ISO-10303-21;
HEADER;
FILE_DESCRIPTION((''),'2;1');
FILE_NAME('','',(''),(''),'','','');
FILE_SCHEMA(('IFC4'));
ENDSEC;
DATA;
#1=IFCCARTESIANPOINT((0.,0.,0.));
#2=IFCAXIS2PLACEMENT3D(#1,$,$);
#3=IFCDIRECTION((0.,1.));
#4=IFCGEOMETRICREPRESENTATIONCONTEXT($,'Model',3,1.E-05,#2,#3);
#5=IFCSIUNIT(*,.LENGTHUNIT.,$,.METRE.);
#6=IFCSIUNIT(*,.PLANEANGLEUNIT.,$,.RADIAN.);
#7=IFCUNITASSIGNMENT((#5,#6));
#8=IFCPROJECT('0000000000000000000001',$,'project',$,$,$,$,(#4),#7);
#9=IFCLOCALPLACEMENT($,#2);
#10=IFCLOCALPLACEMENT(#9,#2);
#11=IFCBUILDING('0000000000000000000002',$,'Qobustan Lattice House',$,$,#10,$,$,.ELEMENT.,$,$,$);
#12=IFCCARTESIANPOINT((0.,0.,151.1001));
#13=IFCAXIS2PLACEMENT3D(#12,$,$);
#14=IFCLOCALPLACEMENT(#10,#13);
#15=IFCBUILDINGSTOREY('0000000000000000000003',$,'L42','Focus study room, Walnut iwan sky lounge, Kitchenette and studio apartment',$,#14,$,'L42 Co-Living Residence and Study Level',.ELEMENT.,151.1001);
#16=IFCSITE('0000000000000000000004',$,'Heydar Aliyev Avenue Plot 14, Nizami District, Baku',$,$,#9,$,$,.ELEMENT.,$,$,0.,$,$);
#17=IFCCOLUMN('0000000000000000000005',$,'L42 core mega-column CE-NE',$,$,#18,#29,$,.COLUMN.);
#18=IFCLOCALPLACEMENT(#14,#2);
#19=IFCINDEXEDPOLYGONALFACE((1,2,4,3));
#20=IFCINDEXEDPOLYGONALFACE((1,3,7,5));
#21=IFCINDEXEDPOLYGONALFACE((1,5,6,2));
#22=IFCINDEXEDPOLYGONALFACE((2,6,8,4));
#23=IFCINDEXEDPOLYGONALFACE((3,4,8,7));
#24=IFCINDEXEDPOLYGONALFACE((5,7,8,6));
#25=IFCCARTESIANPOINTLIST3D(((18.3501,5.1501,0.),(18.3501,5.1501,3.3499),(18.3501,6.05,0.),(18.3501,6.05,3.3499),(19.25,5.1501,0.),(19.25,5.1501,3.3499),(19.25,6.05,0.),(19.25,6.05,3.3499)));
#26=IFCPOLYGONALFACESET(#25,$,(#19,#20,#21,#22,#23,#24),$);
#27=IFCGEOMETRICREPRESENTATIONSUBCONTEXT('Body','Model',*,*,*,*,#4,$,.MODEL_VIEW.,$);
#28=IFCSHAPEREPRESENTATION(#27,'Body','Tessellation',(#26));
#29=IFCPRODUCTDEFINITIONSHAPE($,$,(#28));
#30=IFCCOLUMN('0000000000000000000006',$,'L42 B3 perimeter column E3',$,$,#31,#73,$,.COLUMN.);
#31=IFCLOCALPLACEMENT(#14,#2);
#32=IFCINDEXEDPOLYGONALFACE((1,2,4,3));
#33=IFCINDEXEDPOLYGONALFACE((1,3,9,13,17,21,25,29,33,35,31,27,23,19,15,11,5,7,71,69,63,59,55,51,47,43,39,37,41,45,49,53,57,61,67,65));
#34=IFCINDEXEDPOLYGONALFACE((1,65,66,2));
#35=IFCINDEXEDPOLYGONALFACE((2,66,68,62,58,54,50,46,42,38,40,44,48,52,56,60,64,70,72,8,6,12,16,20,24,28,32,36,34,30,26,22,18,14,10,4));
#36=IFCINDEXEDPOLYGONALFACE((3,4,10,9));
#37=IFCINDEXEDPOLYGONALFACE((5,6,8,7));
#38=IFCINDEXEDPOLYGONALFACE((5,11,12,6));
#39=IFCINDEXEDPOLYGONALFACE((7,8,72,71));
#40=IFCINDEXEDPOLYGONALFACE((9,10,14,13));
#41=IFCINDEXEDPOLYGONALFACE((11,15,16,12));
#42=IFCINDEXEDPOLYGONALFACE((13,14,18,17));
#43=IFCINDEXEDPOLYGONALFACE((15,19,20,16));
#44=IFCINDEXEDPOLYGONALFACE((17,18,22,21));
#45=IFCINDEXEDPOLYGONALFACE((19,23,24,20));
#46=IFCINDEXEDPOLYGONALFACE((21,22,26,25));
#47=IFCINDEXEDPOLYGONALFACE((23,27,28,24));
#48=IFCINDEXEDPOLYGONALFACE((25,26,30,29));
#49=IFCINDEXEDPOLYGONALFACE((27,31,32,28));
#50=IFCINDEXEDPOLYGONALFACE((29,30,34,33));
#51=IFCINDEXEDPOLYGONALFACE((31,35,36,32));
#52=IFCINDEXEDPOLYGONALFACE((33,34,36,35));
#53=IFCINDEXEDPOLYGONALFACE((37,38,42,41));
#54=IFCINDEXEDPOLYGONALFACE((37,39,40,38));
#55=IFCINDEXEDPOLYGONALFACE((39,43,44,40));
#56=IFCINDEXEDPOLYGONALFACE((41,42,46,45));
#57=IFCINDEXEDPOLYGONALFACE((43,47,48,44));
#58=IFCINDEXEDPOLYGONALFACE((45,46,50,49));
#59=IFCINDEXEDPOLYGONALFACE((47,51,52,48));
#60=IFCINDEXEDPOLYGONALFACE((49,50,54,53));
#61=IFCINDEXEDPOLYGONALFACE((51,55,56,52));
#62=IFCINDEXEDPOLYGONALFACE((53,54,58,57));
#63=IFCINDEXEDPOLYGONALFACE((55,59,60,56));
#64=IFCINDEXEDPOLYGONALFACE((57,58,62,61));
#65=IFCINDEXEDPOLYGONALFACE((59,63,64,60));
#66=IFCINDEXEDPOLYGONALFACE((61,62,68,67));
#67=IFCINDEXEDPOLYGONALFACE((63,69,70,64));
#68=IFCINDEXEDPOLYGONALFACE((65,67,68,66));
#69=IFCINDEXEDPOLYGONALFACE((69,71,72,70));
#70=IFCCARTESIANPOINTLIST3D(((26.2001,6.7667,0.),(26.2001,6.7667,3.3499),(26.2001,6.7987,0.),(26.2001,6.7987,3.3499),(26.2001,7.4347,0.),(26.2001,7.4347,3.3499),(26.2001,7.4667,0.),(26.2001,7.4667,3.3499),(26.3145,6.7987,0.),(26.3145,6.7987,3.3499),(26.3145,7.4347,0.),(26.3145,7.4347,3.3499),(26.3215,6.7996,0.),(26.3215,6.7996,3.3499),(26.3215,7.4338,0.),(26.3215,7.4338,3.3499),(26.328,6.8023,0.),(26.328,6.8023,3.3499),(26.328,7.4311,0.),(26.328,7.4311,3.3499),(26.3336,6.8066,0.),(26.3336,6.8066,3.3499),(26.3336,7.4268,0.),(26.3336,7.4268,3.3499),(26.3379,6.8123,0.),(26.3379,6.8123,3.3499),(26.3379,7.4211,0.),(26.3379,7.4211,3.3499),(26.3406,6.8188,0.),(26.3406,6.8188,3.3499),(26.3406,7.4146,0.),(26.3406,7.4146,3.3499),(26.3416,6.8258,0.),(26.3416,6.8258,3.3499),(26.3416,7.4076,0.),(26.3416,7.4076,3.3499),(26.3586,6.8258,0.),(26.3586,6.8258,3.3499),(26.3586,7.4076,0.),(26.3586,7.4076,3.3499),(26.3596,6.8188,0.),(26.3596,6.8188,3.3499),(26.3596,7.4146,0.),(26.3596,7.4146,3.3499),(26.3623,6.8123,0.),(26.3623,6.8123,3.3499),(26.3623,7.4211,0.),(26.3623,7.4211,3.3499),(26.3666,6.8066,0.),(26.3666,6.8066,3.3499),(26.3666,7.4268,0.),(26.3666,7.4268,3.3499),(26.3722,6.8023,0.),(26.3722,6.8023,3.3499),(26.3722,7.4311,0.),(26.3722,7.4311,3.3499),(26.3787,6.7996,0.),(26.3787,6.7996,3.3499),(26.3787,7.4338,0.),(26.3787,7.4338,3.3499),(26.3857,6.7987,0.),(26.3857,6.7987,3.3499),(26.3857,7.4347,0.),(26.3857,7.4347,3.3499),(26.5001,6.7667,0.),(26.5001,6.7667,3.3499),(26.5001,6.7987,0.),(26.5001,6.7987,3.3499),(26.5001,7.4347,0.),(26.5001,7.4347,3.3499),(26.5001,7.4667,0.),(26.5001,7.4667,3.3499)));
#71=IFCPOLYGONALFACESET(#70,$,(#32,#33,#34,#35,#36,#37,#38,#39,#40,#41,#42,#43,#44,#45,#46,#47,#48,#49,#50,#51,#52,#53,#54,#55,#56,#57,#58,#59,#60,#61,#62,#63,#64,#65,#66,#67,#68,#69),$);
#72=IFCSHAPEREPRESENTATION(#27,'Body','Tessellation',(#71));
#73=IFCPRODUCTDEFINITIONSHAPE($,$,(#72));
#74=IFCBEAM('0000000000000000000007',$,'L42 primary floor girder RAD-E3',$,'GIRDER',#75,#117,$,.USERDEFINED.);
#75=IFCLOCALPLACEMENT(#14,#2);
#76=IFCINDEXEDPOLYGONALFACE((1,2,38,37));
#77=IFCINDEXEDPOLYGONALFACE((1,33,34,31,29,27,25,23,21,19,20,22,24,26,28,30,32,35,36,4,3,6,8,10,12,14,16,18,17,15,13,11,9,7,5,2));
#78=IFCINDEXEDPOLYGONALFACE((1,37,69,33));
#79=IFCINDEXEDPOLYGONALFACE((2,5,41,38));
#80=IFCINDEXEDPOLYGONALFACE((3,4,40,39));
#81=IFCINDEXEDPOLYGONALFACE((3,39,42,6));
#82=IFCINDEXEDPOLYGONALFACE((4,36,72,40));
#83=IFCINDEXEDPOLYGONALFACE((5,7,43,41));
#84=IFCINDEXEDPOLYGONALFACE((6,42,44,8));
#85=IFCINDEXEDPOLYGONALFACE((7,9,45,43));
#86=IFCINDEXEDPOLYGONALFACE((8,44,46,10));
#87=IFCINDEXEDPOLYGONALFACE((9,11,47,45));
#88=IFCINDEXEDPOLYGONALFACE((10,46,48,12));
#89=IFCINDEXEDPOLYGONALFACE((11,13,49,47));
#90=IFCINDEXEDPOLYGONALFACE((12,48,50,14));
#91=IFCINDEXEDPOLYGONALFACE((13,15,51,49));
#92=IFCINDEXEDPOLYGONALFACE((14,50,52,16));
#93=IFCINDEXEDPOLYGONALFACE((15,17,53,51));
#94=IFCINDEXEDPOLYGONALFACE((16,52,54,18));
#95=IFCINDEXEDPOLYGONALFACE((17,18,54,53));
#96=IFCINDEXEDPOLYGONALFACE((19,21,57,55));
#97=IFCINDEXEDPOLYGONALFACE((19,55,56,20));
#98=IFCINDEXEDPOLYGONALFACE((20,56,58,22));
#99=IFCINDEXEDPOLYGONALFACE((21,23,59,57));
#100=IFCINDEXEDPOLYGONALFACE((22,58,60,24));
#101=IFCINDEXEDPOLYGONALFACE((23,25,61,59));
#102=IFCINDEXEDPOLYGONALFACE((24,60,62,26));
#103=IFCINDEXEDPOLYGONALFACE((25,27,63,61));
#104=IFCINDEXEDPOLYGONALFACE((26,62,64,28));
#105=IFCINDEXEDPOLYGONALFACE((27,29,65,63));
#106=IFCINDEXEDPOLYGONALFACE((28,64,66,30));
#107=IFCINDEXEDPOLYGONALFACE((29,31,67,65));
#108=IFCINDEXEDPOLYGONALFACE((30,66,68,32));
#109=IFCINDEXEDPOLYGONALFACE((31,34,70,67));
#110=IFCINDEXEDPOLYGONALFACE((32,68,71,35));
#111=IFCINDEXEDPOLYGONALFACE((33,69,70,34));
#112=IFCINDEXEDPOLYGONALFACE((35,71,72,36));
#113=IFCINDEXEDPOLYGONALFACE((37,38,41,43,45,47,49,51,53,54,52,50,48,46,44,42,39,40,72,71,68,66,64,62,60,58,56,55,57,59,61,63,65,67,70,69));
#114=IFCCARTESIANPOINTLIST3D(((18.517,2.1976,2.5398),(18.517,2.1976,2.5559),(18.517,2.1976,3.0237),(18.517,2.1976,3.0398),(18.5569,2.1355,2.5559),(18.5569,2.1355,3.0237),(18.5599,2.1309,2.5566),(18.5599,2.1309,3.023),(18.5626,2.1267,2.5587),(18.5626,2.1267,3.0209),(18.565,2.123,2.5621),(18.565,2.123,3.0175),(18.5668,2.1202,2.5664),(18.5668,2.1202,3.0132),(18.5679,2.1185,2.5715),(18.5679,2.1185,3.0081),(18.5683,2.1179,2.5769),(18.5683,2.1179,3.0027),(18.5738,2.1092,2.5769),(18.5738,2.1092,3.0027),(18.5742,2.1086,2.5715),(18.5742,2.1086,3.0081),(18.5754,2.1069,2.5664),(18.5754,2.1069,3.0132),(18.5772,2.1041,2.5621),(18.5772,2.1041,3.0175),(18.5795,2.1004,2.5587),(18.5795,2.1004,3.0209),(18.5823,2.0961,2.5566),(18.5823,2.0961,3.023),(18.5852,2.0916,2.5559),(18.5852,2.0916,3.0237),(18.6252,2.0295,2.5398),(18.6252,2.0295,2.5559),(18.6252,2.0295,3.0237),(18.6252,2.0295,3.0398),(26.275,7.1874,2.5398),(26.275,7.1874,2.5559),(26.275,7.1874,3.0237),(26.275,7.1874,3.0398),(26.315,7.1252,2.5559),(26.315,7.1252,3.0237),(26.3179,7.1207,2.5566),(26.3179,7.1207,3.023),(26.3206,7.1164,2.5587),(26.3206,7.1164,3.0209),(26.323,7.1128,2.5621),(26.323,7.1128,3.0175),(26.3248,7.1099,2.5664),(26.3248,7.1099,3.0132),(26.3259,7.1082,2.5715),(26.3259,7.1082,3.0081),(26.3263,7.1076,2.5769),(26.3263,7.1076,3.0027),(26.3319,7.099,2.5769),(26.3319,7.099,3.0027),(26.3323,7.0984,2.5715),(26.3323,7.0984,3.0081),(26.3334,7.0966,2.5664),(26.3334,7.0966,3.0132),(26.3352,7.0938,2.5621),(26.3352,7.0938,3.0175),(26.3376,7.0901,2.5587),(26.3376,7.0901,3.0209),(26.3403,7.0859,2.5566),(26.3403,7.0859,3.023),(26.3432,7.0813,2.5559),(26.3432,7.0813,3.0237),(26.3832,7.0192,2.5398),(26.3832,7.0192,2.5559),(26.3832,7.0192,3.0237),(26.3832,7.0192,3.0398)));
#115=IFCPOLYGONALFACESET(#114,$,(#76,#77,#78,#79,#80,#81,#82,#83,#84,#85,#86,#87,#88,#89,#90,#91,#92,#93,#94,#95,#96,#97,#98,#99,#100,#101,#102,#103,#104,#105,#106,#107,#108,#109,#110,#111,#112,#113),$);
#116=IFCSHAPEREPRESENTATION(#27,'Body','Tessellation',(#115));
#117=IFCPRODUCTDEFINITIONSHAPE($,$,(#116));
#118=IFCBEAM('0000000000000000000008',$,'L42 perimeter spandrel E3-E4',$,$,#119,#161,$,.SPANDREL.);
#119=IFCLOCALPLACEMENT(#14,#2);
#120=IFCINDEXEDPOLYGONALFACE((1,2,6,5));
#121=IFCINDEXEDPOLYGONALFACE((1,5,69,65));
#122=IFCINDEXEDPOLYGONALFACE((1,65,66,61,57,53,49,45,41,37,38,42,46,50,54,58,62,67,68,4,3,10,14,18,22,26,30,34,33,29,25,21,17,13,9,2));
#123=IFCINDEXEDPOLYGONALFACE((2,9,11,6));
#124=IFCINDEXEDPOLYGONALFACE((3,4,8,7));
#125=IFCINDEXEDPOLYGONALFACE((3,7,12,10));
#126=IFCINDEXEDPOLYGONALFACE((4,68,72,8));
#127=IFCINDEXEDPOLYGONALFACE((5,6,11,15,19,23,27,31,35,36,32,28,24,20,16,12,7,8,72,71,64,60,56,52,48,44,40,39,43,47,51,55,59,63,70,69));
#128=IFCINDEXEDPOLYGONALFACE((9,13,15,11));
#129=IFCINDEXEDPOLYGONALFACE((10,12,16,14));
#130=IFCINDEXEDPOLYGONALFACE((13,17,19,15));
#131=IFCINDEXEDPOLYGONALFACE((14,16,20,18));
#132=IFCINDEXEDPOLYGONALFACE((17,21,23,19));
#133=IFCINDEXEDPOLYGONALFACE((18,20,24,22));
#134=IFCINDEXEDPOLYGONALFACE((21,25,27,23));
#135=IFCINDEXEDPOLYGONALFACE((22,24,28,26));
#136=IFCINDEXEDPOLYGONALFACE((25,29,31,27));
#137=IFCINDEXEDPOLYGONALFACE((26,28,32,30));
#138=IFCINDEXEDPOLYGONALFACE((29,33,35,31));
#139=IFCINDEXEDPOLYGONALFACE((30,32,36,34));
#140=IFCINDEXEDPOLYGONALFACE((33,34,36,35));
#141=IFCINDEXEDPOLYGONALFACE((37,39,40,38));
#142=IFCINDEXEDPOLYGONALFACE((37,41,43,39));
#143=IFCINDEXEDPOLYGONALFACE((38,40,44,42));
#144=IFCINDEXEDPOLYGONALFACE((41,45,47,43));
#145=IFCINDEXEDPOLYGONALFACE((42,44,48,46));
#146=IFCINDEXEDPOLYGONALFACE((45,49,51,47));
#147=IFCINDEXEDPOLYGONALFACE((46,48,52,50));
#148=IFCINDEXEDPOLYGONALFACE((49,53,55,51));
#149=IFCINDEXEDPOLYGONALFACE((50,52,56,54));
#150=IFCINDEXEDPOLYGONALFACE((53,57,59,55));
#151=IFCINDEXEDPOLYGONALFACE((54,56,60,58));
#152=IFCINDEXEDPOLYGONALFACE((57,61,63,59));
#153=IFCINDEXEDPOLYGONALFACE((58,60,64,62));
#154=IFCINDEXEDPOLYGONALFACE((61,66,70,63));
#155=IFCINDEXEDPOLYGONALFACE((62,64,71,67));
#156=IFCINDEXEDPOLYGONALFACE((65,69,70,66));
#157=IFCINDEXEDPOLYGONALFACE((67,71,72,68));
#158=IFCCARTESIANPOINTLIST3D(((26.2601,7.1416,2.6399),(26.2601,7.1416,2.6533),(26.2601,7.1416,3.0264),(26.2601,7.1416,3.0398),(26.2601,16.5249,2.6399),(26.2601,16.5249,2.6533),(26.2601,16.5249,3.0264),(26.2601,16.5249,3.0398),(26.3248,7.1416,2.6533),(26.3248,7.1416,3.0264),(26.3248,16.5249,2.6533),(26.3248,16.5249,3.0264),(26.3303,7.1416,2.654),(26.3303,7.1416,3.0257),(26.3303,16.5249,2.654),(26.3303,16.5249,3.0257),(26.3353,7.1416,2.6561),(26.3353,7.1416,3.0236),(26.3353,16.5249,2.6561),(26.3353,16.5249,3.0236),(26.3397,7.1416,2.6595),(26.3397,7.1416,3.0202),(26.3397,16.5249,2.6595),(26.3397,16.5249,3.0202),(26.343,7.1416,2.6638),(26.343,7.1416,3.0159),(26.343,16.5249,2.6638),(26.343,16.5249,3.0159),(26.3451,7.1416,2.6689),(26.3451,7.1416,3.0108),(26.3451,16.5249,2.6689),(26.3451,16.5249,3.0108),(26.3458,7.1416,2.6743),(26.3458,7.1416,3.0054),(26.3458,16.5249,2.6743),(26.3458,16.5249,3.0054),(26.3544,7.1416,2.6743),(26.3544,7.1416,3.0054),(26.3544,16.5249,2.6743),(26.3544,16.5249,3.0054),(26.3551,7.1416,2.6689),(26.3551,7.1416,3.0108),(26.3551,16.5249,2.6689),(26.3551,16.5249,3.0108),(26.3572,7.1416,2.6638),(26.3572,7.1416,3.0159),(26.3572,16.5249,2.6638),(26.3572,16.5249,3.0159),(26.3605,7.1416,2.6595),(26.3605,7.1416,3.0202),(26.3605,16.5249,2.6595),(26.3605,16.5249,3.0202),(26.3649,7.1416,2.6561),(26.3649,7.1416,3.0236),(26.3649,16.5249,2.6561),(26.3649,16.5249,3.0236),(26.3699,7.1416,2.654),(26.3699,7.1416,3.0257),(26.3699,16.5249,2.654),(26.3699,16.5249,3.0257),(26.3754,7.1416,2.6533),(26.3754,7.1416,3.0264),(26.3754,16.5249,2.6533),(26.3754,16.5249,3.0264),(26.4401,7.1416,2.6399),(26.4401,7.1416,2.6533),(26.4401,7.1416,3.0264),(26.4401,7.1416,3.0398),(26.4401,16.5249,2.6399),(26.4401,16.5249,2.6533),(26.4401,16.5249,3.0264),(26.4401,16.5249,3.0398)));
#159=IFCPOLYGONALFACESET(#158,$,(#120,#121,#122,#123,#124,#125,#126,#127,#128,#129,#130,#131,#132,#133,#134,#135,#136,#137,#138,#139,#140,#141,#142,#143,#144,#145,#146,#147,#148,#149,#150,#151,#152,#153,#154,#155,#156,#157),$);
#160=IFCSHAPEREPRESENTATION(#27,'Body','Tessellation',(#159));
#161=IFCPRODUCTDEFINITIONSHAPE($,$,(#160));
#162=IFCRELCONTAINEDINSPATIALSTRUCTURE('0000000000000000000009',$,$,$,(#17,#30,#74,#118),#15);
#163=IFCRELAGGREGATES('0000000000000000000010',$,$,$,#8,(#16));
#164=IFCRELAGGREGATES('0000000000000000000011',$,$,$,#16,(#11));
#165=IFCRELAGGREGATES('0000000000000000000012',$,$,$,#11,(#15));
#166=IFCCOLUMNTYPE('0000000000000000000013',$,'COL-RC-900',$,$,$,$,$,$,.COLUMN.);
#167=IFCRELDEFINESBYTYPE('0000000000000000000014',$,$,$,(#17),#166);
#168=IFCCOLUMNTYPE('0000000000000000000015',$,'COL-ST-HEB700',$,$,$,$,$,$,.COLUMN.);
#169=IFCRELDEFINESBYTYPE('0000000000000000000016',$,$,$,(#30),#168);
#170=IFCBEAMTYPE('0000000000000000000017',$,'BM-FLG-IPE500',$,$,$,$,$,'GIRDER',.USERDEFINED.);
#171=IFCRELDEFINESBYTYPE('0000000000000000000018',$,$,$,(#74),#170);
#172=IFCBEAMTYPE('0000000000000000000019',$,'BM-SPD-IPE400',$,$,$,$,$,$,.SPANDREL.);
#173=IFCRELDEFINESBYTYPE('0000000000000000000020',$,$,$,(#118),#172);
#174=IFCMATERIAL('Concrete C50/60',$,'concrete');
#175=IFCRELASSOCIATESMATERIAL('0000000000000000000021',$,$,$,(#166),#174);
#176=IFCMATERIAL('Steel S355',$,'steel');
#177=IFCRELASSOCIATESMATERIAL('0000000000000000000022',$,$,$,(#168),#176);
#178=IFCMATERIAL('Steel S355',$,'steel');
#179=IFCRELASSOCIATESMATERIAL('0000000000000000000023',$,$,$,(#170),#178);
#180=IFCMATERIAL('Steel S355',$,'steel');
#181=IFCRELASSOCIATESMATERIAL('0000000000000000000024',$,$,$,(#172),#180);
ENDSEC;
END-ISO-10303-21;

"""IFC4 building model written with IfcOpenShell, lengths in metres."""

from ifc_helpers import new_model, si_unit, direction, frame, origin, origin_2d, place, context, subcontext, project, spatial, rectangle, i_section, extrude, material, material_profile, profile_set, type_object, element, save


model = new_model("IFC4")

# Units and contexts
model_context = context("Model", 3, precision=1e-05, world=origin(), true_north=direction((0.0, 1.0)))
body_context = subcontext(model_context, "Body", "Model", "MODEL_VIEW")
ifc_project = project(units=[si_unit("LENGTHUNIT", "METRE"), si_unit("PLANEANGLEUNIT", "RADIAN")], contexts=[model_context])

# Site, building, storey
site_placement = place(None, origin())
site = spatial("IfcSite", under=ifc_project, at=site_placement, Name="Heydar Aliyev Avenue Plot 14, Nizami District, Baku", CompositionType="ELEMENT", RefElevation=0.0)
building_placement = place(site_placement, origin())
building = spatial("IfcBuilding", under=site, at=building_placement, Name="Qobustan Lattice House", CompositionType="ELEMENT")
storey_placement = place(building_placement, frame((0.0, 0.0, 151.1001)))
storey = spatial("IfcBuildingStorey", under=building, at=storey_placement, Name="L42", Description="Focus study room, Walnut iwan sky lounge, Kitchenette and studio apartment", LongName="L42 Co-Living Residence and Study Level", CompositionType="ELEMENT", Elevation=151.1001)

# Columns
ifc_material_1 = material(Name="Concrete C50/60", Category="concrete")
ifc_material_profile_1 = material_profile(ifc_material_1, rectangle(XDim=0.8999, YDim=0.8999, at=origin_2d()), Name="RC900x900")
ifc_profile_set_1 = profile_set([ifc_material_profile_1], Name="Concrete C50/60")
column_type_1 = type_object("IfcColumnType", Name="COL-RC-900", PredefinedType="COLUMN", material=ifc_profile_set_1)
column_1_placement = place(storey_placement, frame((18.8, 5.6001, 0.0), z_axis=(0.0, 0.0, 1.0), x_axis=(1.0, 0.0, 0.0)))
element("IfcColumn", 1, at=column_1_placement, inside=storey, type_object=column_type_1, Name="L42 core mega-column CE-NE", PredefinedType="COLUMN", context=body_context, shape_type="SweptSolid", body=[
    extrude(rectangle(XDim=0.8999, YDim=0.8999, at=origin_2d()), origin(), (0.0, 0.0, 1.0), 3.3499),
])
ifc_material_2 = material(Name="Steel S355", Category="steel")
ifc_material_profile_2 = material_profile(ifc_material_2, i_section(OverallWidth=0.3, OverallDepth=0.7, WebThickness=0.0171, FlangeThickness=0.032, FilletRadius=0.0271, at=origin_2d()), Name="HEB700")
ifc_profile_set_2 = profile_set([ifc_material_profile_2], Name="Steel S355")
column_type_2 = type_object("IfcColumnType", Name="COL-ST-HEB700", PredefinedType="COLUMN", material=ifc_profile_set_2)
column_2_placement = place(storey_placement, frame((26.3501, 7.1167, 0.0), z_axis=(0.0, 0.0, 1.0), x_axis=(1.0, 0.0, 0.0)))
element("IfcColumn", 2, at=column_2_placement, inside=storey, type_object=column_type_2, Name="L42 B3 perimeter column E3", PredefinedType="COLUMN", context=body_context, shape_type="SweptSolid", body=[
    extrude(i_section(OverallWidth=0.3, OverallDepth=0.7, WebThickness=0.0171, FlangeThickness=0.032, FilletRadius=0.0271, at=origin_2d()), origin(), (0.0, 0.0, 1.0), 3.3499),
])

# Beams
ifc_material_3 = material(Name="Steel S355", Category="steel")
ifc_material_profile_3 = material_profile(ifc_material_3, i_section(OverallWidth=0.2, OverallDepth=0.5, WebThickness=0.0103, FlangeThickness=0.0161, FilletRadius=0.021, at=origin_2d()), Name="IPE500")
ifc_profile_set_3 = profile_set([ifc_material_profile_3], Name="Steel S355")
beam_type_1 = type_object("IfcBeamType", Name="BM-FLG-IPE500", ElementType="GIRDER", PredefinedType="USERDEFINED", material=ifc_profile_set_3)
beam_1_placement = place(storey_placement, frame((26.3291, 7.1033, 2.7898), z_axis=(-0.841059, -0.540944, 0.0), x_axis=(0.540944, -0.841059, 0.0)))
element("IfcBeam", 3, at=beam_1_placement, inside=storey, type_object=beam_type_1, Name="L42 primary floor girder RAD-E3", ObjectType="GIRDER", PredefinedType="USERDEFINED", context=body_context, shape_type="SweptSolid", body=[
    extrude(i_section(OverallWidth=0.2, OverallDepth=0.5, WebThickness=0.0103, FlangeThickness=0.0161, FilletRadius=0.021, at=origin_2d()), origin(), (0.0, 0.0, 1.0), 9.2241),
])
ifc_material_4 = material(Name="Steel S355", Category="steel")
ifc_material_profile_4 = material_profile(ifc_material_4, i_section(OverallWidth=0.1799, OverallDepth=0.3999, WebThickness=0.0085, FlangeThickness=0.0134, FilletRadius=0.021, at=origin_2d()), Name="IPE400")
ifc_profile_set_4 = profile_set([ifc_material_profile_4], Name="Steel S355")
beam_type_2 = type_object("IfcBeamType", Name="BM-SPD-IPE400", PredefinedType="SPANDREL", material=ifc_profile_set_4)
beam_2_placement = place(storey_placement, frame((26.3501, 7.1416, 2.8398), z_axis=(0.0, 1.0, 0.0), x_axis=(-1.0, 0.0, 0.0)))
element("IfcBeam", 4, at=beam_2_placement, inside=storey, type_object=beam_type_2, Name="L42 perimeter spandrel E3-E4", PredefinedType="SPANDREL", context=body_context, shape_type="SweptSolid", body=[
    extrude(i_section(OverallWidth=0.1799, OverallDepth=0.3999, WebThickness=0.0085, FlangeThickness=0.0134, FilletRadius=0.021, at=origin_2d()), origin(), (0.0, 0.0, 1.0), 9.3833),
])

save(model, "model.ifc")
